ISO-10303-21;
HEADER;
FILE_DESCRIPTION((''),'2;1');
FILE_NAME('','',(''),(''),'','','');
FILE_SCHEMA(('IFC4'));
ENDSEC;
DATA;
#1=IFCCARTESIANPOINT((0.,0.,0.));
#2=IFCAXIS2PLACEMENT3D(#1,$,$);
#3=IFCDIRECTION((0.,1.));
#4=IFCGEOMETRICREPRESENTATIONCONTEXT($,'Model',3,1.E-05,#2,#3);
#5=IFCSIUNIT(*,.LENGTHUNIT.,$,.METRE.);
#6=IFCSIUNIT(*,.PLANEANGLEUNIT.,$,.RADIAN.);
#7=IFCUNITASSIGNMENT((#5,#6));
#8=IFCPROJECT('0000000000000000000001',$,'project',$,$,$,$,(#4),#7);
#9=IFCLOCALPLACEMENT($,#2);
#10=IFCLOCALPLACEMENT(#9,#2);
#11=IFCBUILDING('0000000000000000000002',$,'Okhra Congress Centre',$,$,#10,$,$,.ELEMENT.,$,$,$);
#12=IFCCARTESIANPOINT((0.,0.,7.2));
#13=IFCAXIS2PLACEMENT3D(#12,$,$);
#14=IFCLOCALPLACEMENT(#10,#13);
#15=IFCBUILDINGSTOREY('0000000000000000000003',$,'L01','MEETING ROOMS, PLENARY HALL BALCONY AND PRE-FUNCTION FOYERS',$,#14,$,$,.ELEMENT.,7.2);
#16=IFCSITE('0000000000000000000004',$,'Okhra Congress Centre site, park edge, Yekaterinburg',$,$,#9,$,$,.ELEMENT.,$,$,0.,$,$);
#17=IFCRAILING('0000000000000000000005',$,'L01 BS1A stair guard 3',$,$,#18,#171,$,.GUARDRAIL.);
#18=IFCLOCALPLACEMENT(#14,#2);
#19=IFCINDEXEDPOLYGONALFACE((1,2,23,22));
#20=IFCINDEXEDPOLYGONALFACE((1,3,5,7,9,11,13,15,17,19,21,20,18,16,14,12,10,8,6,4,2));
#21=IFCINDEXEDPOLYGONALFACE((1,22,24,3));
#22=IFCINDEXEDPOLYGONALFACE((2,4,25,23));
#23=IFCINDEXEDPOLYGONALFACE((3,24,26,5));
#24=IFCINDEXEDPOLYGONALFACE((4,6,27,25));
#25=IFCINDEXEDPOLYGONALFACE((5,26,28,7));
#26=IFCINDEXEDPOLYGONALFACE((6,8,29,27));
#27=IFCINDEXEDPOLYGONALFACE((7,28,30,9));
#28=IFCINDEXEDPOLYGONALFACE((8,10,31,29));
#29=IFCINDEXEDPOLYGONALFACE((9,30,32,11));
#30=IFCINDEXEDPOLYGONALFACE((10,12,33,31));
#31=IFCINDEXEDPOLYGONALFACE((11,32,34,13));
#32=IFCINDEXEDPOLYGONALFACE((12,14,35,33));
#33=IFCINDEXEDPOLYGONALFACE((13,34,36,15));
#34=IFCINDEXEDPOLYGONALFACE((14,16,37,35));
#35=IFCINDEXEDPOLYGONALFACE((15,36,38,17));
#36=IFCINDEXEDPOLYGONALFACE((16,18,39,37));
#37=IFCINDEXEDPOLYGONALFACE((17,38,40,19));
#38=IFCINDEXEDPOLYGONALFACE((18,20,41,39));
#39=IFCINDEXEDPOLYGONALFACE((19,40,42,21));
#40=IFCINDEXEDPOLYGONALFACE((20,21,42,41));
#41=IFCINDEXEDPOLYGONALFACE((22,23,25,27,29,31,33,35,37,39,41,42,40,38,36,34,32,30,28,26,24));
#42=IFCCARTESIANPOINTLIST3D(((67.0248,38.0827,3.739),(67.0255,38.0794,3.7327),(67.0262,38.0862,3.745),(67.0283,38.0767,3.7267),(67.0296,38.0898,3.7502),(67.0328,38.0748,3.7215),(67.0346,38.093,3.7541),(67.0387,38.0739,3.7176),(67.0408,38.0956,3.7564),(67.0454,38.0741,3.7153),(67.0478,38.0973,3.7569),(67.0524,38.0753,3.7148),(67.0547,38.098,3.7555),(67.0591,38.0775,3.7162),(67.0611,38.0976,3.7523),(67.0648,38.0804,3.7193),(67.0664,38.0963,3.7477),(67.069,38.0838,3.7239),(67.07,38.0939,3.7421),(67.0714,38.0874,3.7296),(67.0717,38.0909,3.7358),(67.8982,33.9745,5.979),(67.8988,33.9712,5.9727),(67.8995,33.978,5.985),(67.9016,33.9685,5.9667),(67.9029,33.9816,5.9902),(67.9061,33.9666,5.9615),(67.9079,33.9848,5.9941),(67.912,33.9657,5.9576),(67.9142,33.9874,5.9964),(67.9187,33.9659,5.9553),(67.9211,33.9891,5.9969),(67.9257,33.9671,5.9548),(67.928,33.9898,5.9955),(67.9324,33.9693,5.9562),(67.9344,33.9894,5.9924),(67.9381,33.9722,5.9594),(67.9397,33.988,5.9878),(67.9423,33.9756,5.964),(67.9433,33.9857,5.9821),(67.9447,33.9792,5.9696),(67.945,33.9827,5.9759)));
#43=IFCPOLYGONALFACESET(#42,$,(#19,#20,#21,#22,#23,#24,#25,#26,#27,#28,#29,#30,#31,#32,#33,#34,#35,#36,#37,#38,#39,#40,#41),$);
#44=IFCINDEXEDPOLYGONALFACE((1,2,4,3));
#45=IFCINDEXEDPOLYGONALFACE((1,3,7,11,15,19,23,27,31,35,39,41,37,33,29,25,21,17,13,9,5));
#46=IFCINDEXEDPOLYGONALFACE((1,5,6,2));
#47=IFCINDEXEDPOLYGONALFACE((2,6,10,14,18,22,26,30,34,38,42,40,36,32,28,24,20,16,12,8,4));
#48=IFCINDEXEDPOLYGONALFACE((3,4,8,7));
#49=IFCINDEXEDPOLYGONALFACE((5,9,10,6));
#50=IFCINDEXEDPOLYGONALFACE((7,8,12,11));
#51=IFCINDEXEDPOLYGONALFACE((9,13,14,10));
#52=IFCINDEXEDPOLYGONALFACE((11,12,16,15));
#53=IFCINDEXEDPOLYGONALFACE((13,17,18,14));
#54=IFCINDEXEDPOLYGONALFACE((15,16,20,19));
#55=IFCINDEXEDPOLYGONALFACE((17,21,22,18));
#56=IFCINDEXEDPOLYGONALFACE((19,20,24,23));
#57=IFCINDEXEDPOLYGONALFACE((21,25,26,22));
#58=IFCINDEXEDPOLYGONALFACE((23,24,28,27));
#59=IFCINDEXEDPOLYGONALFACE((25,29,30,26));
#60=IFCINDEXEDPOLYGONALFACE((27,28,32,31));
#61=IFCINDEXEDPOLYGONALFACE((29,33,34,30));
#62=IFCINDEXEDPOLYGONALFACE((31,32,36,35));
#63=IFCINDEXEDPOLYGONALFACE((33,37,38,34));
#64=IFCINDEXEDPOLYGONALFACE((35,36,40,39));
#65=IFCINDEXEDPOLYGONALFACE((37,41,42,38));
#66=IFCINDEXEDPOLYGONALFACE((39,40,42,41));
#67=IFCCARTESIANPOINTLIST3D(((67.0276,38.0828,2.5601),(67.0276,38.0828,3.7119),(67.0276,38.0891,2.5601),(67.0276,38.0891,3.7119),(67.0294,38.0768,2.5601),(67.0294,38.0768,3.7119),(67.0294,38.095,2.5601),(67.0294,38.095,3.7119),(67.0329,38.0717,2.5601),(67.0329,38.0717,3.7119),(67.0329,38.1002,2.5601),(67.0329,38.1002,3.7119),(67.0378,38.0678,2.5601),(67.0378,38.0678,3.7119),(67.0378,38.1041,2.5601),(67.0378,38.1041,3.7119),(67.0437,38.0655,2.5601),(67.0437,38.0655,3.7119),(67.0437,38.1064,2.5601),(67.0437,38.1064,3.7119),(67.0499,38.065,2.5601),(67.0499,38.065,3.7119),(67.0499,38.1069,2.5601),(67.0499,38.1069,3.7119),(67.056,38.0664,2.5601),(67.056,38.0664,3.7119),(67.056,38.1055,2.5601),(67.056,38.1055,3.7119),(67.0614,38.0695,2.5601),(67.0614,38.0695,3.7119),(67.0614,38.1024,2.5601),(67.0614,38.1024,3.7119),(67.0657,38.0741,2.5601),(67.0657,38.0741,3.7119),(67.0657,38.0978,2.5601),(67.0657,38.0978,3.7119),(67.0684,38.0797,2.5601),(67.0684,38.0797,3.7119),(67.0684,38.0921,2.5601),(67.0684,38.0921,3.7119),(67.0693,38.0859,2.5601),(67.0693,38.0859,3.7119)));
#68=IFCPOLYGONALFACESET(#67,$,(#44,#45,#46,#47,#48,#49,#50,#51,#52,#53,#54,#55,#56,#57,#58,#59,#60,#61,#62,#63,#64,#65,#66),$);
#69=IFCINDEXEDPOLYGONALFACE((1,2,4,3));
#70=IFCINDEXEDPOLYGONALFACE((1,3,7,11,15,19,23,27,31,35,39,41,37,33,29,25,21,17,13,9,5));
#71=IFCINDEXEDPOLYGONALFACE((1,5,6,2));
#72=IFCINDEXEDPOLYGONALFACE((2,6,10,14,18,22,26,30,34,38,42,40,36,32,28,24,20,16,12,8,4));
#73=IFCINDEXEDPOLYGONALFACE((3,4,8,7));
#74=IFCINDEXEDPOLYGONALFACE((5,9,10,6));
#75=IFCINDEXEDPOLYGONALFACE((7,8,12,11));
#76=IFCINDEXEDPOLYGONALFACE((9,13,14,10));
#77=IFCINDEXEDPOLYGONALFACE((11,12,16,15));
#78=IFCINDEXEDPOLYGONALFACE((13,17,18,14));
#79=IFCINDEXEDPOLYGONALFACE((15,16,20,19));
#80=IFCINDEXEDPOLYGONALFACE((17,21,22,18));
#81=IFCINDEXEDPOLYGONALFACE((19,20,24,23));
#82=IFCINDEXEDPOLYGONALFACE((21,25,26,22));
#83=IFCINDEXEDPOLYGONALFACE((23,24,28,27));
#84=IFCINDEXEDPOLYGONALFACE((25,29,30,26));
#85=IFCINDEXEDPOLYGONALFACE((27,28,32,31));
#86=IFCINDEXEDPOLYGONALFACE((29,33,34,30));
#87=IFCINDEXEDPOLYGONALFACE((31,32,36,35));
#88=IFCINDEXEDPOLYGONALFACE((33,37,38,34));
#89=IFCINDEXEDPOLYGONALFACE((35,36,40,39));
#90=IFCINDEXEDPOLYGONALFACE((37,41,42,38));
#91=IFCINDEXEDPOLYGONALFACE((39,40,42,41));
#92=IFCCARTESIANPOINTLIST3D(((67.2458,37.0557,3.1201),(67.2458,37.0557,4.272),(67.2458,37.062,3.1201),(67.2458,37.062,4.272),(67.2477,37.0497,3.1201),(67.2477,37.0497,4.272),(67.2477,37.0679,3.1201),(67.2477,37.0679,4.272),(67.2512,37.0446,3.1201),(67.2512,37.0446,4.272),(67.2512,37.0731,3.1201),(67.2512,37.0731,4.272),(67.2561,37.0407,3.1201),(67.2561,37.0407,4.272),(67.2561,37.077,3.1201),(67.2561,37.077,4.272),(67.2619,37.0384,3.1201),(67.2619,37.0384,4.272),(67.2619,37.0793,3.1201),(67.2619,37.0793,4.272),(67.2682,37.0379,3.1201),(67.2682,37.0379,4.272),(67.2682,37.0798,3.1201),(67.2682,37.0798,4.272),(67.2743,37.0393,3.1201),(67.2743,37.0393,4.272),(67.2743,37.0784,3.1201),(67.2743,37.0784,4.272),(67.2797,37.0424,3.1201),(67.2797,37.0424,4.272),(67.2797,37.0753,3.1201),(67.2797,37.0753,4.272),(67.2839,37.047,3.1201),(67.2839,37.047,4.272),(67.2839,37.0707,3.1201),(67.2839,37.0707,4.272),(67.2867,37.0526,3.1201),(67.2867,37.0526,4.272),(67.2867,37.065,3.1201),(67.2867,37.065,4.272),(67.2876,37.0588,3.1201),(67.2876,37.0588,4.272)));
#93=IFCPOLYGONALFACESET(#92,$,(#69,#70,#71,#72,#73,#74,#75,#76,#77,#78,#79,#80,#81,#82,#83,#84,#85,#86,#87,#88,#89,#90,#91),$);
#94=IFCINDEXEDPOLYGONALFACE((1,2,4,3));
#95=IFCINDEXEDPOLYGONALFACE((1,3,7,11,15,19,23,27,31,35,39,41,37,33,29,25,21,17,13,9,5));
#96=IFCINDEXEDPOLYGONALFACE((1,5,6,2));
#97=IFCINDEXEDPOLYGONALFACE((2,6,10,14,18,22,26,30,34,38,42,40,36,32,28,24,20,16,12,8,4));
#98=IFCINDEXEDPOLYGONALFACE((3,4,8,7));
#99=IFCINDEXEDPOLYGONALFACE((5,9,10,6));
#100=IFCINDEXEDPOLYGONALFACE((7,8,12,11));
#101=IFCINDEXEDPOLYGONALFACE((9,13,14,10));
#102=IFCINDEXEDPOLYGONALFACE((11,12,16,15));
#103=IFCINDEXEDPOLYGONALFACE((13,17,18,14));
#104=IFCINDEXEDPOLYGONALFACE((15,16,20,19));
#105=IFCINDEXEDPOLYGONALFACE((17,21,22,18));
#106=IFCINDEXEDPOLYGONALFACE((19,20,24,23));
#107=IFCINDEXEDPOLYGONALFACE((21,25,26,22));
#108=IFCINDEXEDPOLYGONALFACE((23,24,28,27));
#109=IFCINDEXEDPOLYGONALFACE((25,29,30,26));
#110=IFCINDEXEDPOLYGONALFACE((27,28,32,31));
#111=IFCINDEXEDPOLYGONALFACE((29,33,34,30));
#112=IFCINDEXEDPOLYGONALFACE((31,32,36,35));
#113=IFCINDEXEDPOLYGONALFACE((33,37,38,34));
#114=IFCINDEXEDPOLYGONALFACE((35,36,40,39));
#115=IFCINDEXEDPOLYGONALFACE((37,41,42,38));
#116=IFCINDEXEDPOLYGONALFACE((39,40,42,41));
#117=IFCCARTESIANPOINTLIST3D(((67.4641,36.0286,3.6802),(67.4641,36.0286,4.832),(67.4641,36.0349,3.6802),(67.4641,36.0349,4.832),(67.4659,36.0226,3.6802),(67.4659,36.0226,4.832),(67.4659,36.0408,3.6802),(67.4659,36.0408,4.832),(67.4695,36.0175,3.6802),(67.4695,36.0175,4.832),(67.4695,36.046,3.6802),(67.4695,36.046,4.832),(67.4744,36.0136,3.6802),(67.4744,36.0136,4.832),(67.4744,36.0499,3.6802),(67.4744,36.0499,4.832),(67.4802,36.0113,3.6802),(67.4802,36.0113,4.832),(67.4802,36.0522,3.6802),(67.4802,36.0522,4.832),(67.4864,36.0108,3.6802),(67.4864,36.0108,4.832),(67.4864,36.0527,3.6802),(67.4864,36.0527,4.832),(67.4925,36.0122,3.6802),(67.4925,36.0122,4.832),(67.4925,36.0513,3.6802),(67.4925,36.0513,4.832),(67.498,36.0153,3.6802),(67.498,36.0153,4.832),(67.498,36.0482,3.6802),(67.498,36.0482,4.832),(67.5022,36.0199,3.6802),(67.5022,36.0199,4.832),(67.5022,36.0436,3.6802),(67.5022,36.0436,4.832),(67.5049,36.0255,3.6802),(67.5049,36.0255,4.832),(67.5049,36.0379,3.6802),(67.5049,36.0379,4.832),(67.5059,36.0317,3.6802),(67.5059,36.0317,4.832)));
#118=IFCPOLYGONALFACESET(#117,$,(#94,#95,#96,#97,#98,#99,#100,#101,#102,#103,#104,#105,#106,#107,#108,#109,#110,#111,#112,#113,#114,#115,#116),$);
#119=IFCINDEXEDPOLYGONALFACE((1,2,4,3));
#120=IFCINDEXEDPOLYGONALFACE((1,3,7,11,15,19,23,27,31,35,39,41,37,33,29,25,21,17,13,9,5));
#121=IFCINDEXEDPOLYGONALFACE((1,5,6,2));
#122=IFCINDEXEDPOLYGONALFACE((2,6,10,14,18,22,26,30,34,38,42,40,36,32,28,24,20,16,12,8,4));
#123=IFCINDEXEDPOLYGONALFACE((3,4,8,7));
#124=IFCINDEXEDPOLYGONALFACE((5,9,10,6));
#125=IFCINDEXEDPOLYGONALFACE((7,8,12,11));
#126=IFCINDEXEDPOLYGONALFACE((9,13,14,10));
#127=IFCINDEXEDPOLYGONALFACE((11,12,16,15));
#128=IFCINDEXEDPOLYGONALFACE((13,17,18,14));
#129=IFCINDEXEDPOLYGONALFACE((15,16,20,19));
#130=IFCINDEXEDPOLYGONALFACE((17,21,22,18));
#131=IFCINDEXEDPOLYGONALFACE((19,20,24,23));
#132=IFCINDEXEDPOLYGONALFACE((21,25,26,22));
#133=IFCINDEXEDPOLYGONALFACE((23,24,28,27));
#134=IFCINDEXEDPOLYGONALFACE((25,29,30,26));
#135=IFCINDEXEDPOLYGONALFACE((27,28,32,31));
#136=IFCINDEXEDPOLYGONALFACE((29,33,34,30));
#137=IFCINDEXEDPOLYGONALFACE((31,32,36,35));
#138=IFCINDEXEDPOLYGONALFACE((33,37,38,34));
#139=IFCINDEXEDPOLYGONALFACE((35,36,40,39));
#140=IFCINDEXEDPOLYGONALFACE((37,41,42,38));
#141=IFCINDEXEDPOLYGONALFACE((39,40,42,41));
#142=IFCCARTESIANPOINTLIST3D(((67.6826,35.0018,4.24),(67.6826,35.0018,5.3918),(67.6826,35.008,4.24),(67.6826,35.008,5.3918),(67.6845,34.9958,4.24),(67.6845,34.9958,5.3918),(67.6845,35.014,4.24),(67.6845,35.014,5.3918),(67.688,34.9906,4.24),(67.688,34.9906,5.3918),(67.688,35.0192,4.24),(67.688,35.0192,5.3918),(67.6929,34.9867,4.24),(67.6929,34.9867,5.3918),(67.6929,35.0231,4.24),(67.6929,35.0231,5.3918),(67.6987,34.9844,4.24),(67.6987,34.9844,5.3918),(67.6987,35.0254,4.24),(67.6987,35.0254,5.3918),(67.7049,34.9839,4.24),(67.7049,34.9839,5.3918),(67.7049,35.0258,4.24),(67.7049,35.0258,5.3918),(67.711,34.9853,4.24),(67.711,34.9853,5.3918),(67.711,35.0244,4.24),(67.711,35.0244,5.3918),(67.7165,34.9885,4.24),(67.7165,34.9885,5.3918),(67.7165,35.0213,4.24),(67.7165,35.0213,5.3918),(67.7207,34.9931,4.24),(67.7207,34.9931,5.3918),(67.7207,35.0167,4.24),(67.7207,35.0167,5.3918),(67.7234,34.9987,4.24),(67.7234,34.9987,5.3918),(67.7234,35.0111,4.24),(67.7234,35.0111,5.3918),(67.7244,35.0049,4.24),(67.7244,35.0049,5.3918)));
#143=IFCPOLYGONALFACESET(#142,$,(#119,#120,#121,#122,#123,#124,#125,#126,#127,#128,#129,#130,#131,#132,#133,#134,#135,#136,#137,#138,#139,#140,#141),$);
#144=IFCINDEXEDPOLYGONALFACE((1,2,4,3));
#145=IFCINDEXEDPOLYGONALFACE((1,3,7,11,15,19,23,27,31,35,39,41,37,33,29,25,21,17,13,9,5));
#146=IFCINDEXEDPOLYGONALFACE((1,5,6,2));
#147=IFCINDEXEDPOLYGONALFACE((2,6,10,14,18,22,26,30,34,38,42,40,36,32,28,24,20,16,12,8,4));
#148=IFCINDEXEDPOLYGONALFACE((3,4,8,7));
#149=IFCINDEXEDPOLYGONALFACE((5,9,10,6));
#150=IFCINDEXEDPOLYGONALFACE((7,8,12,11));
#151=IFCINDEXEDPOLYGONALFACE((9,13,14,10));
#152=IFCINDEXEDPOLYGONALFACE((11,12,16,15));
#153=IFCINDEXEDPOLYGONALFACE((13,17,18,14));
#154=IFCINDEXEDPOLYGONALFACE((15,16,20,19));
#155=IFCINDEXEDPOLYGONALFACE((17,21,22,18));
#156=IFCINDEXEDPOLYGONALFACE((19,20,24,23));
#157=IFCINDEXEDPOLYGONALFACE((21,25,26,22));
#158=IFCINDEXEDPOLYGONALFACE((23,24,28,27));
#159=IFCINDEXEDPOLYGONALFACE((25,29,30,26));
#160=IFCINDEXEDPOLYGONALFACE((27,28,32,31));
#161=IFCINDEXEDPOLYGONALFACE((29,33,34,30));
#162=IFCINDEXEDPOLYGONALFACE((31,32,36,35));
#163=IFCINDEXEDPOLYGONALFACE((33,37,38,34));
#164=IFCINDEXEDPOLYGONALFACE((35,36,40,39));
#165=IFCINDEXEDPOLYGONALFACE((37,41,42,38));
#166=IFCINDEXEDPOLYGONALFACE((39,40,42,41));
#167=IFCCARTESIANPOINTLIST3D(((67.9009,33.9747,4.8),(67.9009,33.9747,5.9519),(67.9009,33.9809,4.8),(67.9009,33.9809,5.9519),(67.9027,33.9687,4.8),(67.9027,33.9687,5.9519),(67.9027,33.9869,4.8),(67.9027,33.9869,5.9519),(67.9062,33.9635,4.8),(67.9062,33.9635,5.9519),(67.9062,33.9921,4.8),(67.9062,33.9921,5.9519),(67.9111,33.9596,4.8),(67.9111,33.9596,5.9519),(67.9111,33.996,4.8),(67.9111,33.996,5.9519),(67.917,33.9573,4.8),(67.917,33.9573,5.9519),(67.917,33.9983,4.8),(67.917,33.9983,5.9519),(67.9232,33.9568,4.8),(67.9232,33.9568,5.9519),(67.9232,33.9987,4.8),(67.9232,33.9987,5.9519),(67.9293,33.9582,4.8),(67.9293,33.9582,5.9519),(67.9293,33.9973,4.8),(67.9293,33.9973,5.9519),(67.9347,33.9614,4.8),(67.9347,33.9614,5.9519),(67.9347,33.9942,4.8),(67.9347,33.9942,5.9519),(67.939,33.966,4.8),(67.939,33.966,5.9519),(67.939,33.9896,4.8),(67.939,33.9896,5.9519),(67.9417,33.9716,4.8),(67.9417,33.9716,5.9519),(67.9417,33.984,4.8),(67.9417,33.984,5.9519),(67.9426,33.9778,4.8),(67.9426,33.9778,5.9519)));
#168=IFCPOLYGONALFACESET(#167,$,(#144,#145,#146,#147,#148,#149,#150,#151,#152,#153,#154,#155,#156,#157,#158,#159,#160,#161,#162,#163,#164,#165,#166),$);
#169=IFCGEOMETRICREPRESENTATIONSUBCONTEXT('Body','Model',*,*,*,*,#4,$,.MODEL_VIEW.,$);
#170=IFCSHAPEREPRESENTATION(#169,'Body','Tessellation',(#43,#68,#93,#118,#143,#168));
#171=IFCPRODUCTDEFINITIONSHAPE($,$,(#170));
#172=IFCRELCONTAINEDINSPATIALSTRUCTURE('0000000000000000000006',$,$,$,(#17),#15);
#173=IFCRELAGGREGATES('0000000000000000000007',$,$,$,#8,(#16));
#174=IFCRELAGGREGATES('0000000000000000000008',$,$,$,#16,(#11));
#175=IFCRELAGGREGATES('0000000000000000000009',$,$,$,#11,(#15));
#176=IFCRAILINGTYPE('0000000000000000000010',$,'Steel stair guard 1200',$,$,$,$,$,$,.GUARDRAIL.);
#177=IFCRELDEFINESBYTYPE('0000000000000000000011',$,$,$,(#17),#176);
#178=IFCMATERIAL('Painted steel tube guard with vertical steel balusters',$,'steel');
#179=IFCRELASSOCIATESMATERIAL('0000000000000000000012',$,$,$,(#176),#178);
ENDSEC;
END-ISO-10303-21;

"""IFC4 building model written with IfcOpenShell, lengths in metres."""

from ifc_helpers import new_model, si_unit, direction, frame, origin, origin_2d, place, context, subcontext, project, spatial, circle, extrude, material, type_object, element, save


model = new_model("IFC4")

# Units and contexts
model_context = context("Model", 3, precision=1e-05, world=origin(), true_north=direction((0.0, 1.0)))
body_context = subcontext(model_context, "Body", "Model", "MODEL_VIEW")
ifc_project = project(units=[si_unit("LENGTHUNIT", "METRE"), si_unit("PLANEANGLEUNIT", "RADIAN")], contexts=[model_context])

# Site, building, storey
site_placement = place(None, origin())
site = spatial("IfcSite", under=ifc_project, at=site_placement, Name="Okhra Congress Centre site, park edge, Yekaterinburg", CompositionType="ELEMENT", RefElevation=0.0)
building_placement = place(site_placement, origin())
building = spatial("IfcBuilding", under=site, at=building_placement, Name="Okhra Congress Centre", CompositionType="ELEMENT")
storey_placement = place(building_placement, frame((0.0, 0.0, 7.2)))
storey = spatial("IfcBuildingStorey", under=building, at=storey_placement, Name="L01", Description="MEETING ROOMS, PLENARY HALL BALCONY AND PRE-FUNCTION FOYERS", CompositionType="ELEMENT", Elevation=7.2)

# Railing
ifc_material_1 = material(Name="Painted steel tube guard with vertical steel balusters", Category="steel")
railing_type_1 = type_object("IfcRailingType", Name="Steel stair guard 1200", PredefinedType="GUARDRAIL", material=ifc_material_1)
railing_1_placement = place(storey_placement, frame((67.0483, 38.0859, 2.5601)))
element("IfcRailing", 1, at=railing_1_placement, inside=storey, type_object=railing_type_1, Name="L01 BS1A stair guard 3", PredefinedType="GUARDRAIL", context=body_context, shape_type="SweptSolid", body=[
    extrude(circle(Radius=0.0239, at=origin_2d()), frame((0.0, 0.0, 1.1758), z_axis=(0.183466, -0.863067, 0.470591), x_axis=(0.978144, 0.207929, 0.0)), (0.0, 0.0, 1.0), 4.76),
    extrude(circle(Radius=0.021, at=origin_2d()), origin(), (0.0, 0.0, 1.0), 1.1519),
    extrude(circle(Radius=0.021, at=origin_2d()), frame((0.2183, -1.0271, 0.5601)), (0.0, 0.0, 1.0), 1.1519),
    extrude(circle(Radius=0.021, at=origin_2d()), frame((0.4365, -2.0542, 1.1201)), (0.0, 0.0, 1.0), 1.1519),
    extrude(circle(Radius=0.021, at=origin_2d()), frame((0.655, -3.0811, 1.6799)), (0.0, 0.0, 1.0), 1.1519),
    extrude(circle(Radius=0.021, at=origin_2d()), frame((0.8733, -4.1082, 2.24)), (0.0, 0.0, 1.0), 1.1519),
])

save(model, "model.ifc")
